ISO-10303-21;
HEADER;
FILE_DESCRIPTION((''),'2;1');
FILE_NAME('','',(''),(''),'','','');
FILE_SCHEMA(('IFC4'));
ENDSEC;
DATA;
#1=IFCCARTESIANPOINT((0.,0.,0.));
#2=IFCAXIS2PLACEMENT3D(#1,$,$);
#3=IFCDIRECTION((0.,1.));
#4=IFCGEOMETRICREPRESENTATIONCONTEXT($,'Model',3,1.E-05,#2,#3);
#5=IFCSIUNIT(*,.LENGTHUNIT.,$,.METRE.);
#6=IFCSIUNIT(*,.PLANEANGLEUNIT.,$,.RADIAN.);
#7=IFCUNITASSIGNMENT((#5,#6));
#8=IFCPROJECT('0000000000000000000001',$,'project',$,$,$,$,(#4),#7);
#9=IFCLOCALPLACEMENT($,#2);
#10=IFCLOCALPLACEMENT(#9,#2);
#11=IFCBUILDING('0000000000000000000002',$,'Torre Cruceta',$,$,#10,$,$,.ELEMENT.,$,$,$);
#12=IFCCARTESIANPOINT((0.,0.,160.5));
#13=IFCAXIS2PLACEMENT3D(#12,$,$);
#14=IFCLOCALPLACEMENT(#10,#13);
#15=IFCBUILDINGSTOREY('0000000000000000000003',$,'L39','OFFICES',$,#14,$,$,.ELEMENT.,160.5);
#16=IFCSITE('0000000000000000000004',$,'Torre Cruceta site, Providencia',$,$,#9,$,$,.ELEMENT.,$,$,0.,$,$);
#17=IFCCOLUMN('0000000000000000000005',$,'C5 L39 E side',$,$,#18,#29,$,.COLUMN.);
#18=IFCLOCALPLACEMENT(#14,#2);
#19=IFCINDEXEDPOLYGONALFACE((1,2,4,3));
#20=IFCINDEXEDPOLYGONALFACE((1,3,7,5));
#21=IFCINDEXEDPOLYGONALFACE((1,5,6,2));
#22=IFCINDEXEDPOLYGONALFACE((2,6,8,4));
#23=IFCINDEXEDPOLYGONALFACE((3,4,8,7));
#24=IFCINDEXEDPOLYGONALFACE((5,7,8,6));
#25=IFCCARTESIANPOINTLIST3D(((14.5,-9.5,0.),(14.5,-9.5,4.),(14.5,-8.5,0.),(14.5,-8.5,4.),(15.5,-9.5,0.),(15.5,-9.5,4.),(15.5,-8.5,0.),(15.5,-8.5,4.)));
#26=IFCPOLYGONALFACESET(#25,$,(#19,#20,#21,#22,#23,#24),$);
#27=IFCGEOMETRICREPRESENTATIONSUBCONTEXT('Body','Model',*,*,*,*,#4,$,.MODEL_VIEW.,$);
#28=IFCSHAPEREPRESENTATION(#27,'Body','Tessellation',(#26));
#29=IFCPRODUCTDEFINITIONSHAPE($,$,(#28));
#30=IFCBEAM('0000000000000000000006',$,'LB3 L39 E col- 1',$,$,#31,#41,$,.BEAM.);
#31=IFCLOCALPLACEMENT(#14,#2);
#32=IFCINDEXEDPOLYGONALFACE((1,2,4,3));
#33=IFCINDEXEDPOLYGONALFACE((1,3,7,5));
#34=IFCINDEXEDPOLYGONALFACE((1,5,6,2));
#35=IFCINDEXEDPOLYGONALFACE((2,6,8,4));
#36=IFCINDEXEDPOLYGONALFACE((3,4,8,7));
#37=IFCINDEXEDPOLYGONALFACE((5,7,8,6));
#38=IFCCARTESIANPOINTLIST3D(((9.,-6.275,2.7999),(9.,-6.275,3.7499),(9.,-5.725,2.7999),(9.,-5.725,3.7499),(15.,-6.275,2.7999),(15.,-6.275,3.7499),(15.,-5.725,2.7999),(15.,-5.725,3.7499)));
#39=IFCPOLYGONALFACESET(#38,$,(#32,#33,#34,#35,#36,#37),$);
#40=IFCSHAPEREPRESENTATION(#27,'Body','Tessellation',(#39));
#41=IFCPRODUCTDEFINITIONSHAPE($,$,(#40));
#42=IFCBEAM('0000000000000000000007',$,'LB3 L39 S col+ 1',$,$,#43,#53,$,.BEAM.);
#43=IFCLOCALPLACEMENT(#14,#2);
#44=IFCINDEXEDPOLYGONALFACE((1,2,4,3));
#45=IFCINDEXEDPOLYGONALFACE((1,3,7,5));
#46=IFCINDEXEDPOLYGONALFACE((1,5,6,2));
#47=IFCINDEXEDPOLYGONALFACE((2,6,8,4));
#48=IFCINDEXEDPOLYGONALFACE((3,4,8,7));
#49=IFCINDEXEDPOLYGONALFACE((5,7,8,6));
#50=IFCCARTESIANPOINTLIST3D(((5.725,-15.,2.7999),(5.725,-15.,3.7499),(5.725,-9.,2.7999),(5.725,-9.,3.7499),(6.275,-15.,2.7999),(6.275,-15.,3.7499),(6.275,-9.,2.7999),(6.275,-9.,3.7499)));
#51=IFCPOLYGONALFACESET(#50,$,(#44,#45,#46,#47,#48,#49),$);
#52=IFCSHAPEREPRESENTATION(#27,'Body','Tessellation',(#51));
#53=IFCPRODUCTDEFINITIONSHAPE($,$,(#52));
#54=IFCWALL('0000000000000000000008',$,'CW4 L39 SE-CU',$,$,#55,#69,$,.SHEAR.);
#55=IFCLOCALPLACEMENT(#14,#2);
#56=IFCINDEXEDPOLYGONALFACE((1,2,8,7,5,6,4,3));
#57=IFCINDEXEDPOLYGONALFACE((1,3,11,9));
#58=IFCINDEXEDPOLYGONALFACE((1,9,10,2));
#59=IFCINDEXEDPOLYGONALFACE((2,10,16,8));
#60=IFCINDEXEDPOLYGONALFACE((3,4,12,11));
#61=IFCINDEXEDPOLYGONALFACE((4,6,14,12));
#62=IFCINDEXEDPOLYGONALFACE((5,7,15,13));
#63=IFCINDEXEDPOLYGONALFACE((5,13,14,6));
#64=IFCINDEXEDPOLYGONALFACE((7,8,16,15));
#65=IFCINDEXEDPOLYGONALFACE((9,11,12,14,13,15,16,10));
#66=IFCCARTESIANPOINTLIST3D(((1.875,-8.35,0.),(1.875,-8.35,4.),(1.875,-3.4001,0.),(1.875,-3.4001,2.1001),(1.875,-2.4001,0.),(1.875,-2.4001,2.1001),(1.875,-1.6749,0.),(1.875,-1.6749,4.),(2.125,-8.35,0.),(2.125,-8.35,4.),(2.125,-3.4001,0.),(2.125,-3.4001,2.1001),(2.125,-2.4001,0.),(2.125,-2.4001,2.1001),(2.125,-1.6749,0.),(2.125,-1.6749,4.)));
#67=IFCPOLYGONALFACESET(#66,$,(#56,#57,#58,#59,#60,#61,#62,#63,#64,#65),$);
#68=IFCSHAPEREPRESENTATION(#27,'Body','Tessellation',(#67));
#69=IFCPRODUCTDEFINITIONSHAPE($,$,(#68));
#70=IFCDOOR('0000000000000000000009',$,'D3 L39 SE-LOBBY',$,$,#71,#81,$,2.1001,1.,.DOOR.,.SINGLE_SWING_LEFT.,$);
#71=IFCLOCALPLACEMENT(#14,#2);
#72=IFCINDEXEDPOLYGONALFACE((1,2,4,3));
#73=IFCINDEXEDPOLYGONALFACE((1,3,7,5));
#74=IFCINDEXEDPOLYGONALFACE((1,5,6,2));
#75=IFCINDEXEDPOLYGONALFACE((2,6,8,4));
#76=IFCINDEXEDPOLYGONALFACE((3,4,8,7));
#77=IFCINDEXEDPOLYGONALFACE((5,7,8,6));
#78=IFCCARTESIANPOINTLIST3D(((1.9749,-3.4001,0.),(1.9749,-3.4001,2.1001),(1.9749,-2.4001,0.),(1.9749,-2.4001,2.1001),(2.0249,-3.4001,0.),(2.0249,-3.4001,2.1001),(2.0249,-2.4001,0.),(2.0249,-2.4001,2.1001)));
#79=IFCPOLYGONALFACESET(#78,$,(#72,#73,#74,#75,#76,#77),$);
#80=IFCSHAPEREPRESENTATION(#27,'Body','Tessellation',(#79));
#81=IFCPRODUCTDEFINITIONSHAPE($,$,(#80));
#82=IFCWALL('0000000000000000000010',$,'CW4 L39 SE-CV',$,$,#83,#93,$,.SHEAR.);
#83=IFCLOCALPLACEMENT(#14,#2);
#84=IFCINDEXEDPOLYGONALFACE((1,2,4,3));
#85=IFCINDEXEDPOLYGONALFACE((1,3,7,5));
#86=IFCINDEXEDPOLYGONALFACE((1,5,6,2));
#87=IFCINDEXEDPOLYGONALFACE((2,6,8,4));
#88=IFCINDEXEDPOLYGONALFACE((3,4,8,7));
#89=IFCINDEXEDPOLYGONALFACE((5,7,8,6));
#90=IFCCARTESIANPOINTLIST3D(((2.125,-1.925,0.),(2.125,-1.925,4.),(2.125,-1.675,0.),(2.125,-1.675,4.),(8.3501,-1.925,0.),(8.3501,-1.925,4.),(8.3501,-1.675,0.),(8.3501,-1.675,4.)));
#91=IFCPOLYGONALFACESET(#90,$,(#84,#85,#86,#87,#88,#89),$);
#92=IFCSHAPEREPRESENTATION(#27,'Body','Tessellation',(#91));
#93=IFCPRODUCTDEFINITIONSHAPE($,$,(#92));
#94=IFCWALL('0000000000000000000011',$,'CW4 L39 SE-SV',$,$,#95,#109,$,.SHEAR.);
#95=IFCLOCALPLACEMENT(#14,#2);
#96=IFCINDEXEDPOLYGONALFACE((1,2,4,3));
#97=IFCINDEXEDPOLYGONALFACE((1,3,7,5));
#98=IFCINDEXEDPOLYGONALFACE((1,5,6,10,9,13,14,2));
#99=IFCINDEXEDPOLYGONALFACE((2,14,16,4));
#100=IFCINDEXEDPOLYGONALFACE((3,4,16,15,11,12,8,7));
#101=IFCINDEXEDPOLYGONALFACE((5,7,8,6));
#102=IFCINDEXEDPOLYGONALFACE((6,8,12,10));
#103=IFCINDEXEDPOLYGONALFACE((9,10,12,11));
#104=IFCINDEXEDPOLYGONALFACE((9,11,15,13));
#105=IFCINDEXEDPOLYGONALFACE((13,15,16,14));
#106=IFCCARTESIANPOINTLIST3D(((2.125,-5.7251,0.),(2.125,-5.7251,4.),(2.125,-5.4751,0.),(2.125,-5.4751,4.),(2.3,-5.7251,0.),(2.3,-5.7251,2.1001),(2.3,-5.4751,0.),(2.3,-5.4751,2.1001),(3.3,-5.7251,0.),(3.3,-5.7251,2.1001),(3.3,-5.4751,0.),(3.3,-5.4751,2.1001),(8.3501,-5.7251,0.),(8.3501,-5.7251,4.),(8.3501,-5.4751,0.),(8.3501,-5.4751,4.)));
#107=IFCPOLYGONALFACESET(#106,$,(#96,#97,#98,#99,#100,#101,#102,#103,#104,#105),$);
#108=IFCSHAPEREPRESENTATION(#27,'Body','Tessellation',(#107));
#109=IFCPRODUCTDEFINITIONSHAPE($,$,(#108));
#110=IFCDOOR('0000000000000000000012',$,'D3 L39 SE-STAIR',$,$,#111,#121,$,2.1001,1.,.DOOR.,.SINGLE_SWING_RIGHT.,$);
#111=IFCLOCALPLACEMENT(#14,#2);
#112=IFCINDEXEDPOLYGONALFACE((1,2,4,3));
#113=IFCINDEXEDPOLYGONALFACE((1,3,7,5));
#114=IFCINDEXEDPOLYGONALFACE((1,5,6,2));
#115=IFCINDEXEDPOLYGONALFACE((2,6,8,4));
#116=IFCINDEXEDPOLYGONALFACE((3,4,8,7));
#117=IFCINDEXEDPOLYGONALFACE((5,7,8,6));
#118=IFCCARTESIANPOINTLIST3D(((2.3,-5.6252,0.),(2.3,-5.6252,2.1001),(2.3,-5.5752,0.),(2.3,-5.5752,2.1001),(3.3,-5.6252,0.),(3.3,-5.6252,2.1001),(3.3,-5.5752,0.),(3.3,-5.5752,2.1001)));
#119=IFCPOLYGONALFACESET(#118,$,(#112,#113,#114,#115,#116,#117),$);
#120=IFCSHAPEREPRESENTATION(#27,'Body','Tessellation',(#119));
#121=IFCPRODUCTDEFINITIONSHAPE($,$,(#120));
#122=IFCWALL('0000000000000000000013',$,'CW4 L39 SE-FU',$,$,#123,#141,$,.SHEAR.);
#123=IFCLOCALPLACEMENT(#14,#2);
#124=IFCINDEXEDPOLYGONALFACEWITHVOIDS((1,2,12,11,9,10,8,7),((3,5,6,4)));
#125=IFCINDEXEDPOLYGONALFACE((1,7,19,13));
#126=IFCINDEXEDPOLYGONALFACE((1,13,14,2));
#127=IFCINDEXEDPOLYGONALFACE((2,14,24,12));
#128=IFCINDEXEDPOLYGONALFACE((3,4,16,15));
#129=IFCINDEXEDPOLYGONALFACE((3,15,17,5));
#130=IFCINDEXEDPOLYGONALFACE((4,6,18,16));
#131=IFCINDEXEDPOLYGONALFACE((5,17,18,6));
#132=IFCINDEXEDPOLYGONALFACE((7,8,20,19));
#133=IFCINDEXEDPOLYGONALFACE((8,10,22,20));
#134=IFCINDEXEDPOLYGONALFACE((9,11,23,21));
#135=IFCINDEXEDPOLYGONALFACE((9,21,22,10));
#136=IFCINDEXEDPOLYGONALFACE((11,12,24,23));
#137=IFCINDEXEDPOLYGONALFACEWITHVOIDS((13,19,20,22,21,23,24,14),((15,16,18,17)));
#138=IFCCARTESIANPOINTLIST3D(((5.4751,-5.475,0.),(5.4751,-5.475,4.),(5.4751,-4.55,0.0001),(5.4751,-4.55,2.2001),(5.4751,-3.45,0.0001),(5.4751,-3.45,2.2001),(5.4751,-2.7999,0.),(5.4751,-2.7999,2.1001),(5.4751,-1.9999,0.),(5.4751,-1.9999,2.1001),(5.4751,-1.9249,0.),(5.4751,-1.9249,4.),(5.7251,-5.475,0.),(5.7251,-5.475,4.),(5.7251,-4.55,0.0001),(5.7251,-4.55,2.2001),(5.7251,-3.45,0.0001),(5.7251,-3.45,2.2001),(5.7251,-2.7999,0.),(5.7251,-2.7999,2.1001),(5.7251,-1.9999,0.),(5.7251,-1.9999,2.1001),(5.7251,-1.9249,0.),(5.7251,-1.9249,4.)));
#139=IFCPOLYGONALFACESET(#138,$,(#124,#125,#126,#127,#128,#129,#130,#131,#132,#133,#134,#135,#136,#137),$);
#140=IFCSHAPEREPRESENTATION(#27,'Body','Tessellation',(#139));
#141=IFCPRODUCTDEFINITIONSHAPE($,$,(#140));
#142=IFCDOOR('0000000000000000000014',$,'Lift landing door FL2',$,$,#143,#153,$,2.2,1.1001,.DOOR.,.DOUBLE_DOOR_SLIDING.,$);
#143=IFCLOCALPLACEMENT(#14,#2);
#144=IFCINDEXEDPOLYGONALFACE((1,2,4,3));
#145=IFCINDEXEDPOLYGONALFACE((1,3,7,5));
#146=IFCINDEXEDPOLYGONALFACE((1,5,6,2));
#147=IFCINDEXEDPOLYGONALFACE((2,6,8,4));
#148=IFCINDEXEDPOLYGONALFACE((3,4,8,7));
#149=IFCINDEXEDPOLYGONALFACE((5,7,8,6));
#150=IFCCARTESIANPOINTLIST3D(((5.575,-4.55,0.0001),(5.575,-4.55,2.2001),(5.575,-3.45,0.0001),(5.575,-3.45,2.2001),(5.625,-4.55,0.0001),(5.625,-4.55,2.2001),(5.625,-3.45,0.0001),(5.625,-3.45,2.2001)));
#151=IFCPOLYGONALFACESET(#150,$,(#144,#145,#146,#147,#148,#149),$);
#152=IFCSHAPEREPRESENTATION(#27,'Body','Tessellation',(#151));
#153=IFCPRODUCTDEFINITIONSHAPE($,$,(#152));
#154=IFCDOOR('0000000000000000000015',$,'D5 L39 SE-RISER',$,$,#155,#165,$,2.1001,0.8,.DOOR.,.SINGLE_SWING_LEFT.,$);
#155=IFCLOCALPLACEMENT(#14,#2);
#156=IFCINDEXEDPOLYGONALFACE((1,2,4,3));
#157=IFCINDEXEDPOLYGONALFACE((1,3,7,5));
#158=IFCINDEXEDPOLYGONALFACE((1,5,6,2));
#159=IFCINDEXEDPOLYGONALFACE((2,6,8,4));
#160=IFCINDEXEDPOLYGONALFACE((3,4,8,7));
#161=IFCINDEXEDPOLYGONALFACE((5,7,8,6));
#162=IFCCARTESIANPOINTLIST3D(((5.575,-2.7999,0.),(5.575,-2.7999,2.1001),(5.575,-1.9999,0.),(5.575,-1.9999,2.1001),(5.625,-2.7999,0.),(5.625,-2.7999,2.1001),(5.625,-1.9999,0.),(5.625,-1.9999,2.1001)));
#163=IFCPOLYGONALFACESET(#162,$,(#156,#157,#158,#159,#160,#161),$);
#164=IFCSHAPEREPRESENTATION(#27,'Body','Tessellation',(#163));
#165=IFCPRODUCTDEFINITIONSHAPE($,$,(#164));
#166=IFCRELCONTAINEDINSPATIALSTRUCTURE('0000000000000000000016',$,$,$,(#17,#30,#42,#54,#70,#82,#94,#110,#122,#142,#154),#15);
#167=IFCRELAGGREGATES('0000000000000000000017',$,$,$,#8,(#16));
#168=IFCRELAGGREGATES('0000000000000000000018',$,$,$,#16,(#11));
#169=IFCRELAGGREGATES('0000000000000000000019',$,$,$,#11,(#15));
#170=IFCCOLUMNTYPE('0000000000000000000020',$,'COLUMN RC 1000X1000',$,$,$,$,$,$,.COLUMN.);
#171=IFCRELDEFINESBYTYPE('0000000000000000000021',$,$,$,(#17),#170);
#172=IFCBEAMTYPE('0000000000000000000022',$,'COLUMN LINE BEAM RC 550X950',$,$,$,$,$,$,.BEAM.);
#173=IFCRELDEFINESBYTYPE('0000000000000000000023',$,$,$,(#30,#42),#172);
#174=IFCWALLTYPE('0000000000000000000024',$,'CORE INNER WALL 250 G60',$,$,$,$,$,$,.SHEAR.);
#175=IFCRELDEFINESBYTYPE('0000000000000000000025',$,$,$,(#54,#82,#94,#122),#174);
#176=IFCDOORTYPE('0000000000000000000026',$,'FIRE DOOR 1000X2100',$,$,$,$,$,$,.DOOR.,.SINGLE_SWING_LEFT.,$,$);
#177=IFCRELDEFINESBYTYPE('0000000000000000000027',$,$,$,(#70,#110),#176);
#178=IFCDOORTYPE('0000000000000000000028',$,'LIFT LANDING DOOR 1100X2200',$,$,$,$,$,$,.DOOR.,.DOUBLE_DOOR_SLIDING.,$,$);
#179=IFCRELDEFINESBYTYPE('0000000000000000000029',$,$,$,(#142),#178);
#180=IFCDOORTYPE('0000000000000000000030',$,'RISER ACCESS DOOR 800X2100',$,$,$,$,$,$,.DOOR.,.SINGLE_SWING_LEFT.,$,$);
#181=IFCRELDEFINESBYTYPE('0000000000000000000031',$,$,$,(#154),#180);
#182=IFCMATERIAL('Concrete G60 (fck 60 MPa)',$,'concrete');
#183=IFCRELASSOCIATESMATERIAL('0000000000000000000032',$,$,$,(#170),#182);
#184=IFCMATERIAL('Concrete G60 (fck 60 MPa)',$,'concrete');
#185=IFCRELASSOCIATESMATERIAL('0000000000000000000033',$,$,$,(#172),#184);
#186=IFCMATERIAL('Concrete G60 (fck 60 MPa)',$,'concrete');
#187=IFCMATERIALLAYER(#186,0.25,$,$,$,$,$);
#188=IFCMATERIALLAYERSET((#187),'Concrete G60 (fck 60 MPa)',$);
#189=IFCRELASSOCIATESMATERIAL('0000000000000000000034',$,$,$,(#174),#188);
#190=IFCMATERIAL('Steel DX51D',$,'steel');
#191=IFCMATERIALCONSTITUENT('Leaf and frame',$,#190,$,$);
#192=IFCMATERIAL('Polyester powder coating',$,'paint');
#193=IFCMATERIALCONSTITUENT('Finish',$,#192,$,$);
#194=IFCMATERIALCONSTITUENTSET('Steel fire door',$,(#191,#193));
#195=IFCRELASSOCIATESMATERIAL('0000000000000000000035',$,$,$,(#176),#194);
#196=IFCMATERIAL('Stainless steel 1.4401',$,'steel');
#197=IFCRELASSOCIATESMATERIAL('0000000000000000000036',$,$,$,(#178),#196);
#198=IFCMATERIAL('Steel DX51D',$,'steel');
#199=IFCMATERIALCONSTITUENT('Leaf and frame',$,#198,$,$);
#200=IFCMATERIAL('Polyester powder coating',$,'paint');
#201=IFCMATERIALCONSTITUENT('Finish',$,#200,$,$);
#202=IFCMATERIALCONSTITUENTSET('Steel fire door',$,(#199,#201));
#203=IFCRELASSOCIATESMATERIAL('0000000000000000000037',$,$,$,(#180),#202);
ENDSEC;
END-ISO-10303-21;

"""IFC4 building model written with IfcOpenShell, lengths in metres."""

from ifc_helpers import new_model, si_unit, direction, frame, frame_2d, origin, origin_2d, place, context, subcontext, project, spatial, rectangle, extrude, material, layer, layer_set, constituent, constituent_set, material_profile, profile_set, type_object, element, fill, save


model = new_model("IFC4")

# Units and contexts
model_context = context("Model", 3, precision=1e-05, world=origin(), true_north=direction((0.0, 1.0)))
body_context = subcontext(model_context, "Body", "Model", "MODEL_VIEW")
ifc_project = project(units=[si_unit("LENGTHUNIT", "METRE"), si_unit("PLANEANGLEUNIT", "RADIAN")], contexts=[model_context])

# Site, building, storey
site_placement = place(None, origin())
site = spatial("IfcSite", under=ifc_project, at=site_placement, Name="Torre Cruceta site, Providencia", CompositionType="ELEMENT", RefElevation=0.0)
building_placement = place(site_placement, origin())
building = spatial("IfcBuilding", under=site, at=building_placement, Name="Torre Cruceta", CompositionType="ELEMENT")
storey_placement = place(building_placement, frame((0.0, 0.0, 160.5)))
storey = spatial("IfcBuildingStorey", under=building, at=storey_placement, Name="L39", Description="OFFICES", CompositionType="ELEMENT", Elevation=160.5)

# Column
ifc_material_1 = material(Name="Concrete G60 (fck 60 MPa)", Category="concrete")
ifc_material_profile_1 = material_profile(ifc_material_1, rectangle(XDim=1.0, YDim=1.0, at=origin_2d()), Name="RC 1000X1000")
ifc_profile_set_1 = profile_set([ifc_material_profile_1], Name="Concrete G60 (fck 60 MPa)")
column_type = type_object("IfcColumnType", Name="COLUMN RC 1000X1000", PredefinedType="COLUMN", material=ifc_profile_set_1)
column_placement = place(storey_placement, frame((15.0, -9.0, 0.0), z_axis=(0.0, 0.0, 1.0), x_axis=(1.0, 0.0, 0.0)))
element("IfcColumn", 1, at=column_placement, inside=storey, type_object=column_type, Name="C5 L39 E side", PredefinedType="COLUMN", context=body_context, shape_type="SweptSolid", body=[
    extrude(rectangle(XDim=1.0, YDim=1.0, at=origin_2d()), origin(), (0.0, 0.0, 1.0), 4.0),
])

# Beams
ifc_material_2 = material(Name="Concrete G60 (fck 60 MPa)", Category="concrete")
ifc_material_profile_2 = material_profile(ifc_material_2, rectangle(XDim=0.55, YDim=0.95, at=origin_2d()), Name="RC 550X950")
ifc_profile_set_2 = profile_set([ifc_material_profile_2], Name="Concrete G60 (fck 60 MPa)")
beam_type = type_object("IfcBeamType", Name="COLUMN LINE BEAM RC 550X950", PredefinedType="BEAM", material=ifc_profile_set_2)
for number, where, z_axis, x_axis, name in (
    (2, (9.0, -6.0, 3.2749), (1.0, 0.0, 0.0), (0.0, 1.0, 0.0), "LB3 L39 E col- 1"),
    (3, (6.0, -9.0, 3.2749), (0.0, -1.0, 0.0), (1.0, 0.0, 0.0), "LB3 L39 S col+ 1"),
):
    element("IfcBeam", number, at=place(storey_placement, frame(where, z_axis=z_axis, x_axis=x_axis)), inside=storey, type_object=beam_type, Name=name, PredefinedType="BEAM", context=body_context, shape_type="SweptSolid", body=[
        extrude(rectangle(XDim=0.55, YDim=0.95, at=origin_2d()), origin(), (0.0, 0.0, 1.0), 6.0),
    ])

# Wall, opening, door
ifc_material_3 = material(Name="Concrete G60 (fck 60 MPa)", Category="concrete")
ifc_layer_1 = layer(ifc_material_3, 0.25)
ifc_layer_set_1 = layer_set([ifc_layer_1], Name="Concrete G60 (fck 60 MPa)")
wall_type_1 = type_object("IfcWallType", Name="CORE INNER WALL 250 G60", PredefinedType="SHEAR", material=ifc_layer_set_1)
wall_1_placement = place(storey_placement, frame((2.0, -1.675, 0.0), z_axis=(0.0, 0.0, 1.0), x_axis=(0.0, -1.0, 0.0)))
wall_1 = element("IfcWall", 4, at=wall_1_placement, inside=storey, type_object=wall_type_1, Name="CW4 L39 SE-CU", PredefinedType="SHEAR", context=body_context, shape_type="SweptSolid", body=[
    extrude(rectangle(XDim=6.675, YDim=0.25, at=frame_2d((3.3374, 0.0))), origin(), (0.0, 0.0, 1.0), 4.0),
])
opening_1_placement = place(wall_1_placement, frame((0.7251, 0.0, 0.0)))
opening_1 = element("IfcOpeningElement", 5, at=opening_1_placement, cuts=wall_1, PredefinedType="OPENING", context=body_context, shape_type="SweptSolid", body=[
    extrude(rectangle(XDim=1.0, YDim=2.1001, at=frame_2d((0.5, 1.05))), frame((0.0, 0.135, 0.0), z_axis=(0.0, -1.0, 0.0), x_axis=(1.0, 0.0, 0.0)), (0.0, 0.0, 1.0), 0.27),
])
ifc_material_4 = material(Name="Steel DX51D", Category="steel")
ifc_constituent_1 = constituent(ifc_material_4, Name="Leaf and frame")
ifc_material_5 = material(Name="Polyester powder coating", Category="paint")
ifc_constituent_2 = constituent(ifc_material_5, Name="Finish")
ifc_constituent_set_1 = constituent_set(constituents=[ifc_constituent_1, ifc_constituent_2], Name="Steel fire door")
door_type_1 = type_object("IfcDoorType", Name="FIRE DOOR 1000X2100", OperationType="SINGLE_SWING_LEFT", PredefinedType="DOOR", material=ifc_constituent_set_1)
door_1_placement = place(opening_1_placement, origin())
door_1 = element("IfcDoor", 6, at=door_1_placement, inside=storey, type_object=door_type_1, Name="D3 L39 SE-LOBBY", OperationType="SINGLE_SWING_LEFT", OverallHeight=2.1001, OverallWidth=1.0, PredefinedType="DOOR", context=body_context, shape_type="SweptSolid", body=[
    extrude(rectangle(XDim=1.0, YDim=2.1001, at=frame_2d((0.5, 1.05))), frame((0.0, 0.0249, 0.0), z_axis=(0.0, -1.0, 0.0), x_axis=(1.0, 0.0, 0.0)), (0.0, 0.0, 1.0), 0.05),
])
fill(opening_1, door_1)

# Wall
wall_2_placement = place(storey_placement, frame((2.125, -1.8, 0.0), z_axis=(0.0, 0.0, 1.0), x_axis=(1.0, 0.0, 0.0)))
element("IfcWall", 7, at=wall_2_placement, inside=storey, type_object=wall_type_1, Name="CW4 L39 SE-CV", PredefinedType="SHEAR", context=body_context, shape_type="SweptSolid", body=[
    extrude(rectangle(XDim=6.2251, YDim=0.25, at=frame_2d((3.1125, 0.0))), origin(), (0.0, 0.0, 1.0), 4.0),
])

# Wall, opening, door
wall_3_placement = place(storey_placement, frame((2.125, -5.6001, 0.0), z_axis=(0.0, 0.0, 1.0), x_axis=(1.0, 0.0, 0.0)))
wall_3 = element("IfcWall", 8, at=wall_3_placement, inside=storey, type_object=wall_type_1, Name="CW4 L39 SE-SV", PredefinedType="SHEAR", context=body_context, shape_type="SweptSolid", body=[
    extrude(rectangle(XDim=6.2251, YDim=0.25, at=frame_2d((3.1125, 0.0))), origin(), (0.0, 0.0, 1.0), 4.0),
])
opening_2_placement = place(wall_3_placement, frame((0.175, 0.0, 0.0)))
opening_2 = element("IfcOpeningElement", 9, at=opening_2_placement, cuts=wall_3, PredefinedType="OPENING", context=body_context, shape_type="SweptSolid", body=[
    extrude(rectangle(XDim=1.0, YDim=2.1001, at=frame_2d((0.5, 1.05))), frame((0.0, 0.135, 0.0), z_axis=(0.0, -1.0, 0.0), x_axis=(1.0, 0.0, 0.0)), (0.0, 0.0, 1.0), 0.27),
])
door_2_placement = place(opening_2_placement, frame((1.0, 0.0, 0.0), z_axis=(0.0, 0.0, 1.0), x_axis=(-1.0, 0.0, 0.0)))
door_2 = element("IfcDoor", 10, at=door_2_placement, inside=storey, type_object=door_type_1, Name="D3 L39 SE-STAIR", OperationType="SINGLE_SWING_RIGHT", OverallHeight=2.1001, OverallWidth=1.0, PredefinedType="DOOR", context=body_context, shape_type="SweptSolid", body=[
    extrude(rectangle(XDim=1.0, YDim=2.1001, at=frame_2d((0.5, 1.05))), frame((0.0, 0.0251, 0.0), z_axis=(0.0, -1.0, 0.0), x_axis=(1.0, 0.0, 0.0)), (0.0, 0.0, 1.0), 0.05),
])
fill(opening_2, door_2)

# Wall, openings, doors
wall_4_placement = place(storey_placement, frame((5.6001, -1.925, 0.0), z_axis=(0.0, 0.0, 1.0), x_axis=(0.0, -1.0, 0.0)))
wall_4 = element("IfcWall", 11, at=wall_4_placement, inside=storey, type_object=wall_type_1, Name="CW4 L39 SE-FU", PredefinedType="SHEAR", context=body_context, shape_type="SweptSolid", body=[
    extrude(rectangle(XDim=3.55, YDim=0.25, at=frame_2d((1.7749, 0.0))), origin(), (0.0, 0.0, 1.0), 4.0),
])
opening_3_placement = place(wall_4_placement, frame((1.5249, 0.0, 0.0)))
opening_3 = element("IfcOpeningElement", 12, at=opening_3_placement, cuts=wall_4, PredefinedType="OPENING", context=body_context, shape_type="SweptSolid", body=[
    extrude(rectangle(XDim=1.1001, YDim=2.2, at=frame_2d((0.55, 1.1001))), frame((0.0, 0.135, 0.0), z_axis=(0.0, -1.0, 0.0), x_axis=(1.0, 0.0, 0.0)), (0.0, 0.0, 1.0), 0.27),
])
opening_4_placement = place(wall_4_placement, frame((0.075, 0.0, 0.0)))
opening_4 = element("IfcOpeningElement", 13, at=opening_4_placement, cuts=wall_4, PredefinedType="OPENING", context=body_context, shape_type="SweptSolid", body=[
    extrude(rectangle(XDim=0.8, YDim=2.1001, at=frame_2d((0.3999, 1.05))), frame((0.0, 0.135, 0.0), z_axis=(0.0, -1.0, 0.0), x_axis=(1.0, 0.0, 0.0)), (0.0, 0.0, 1.0), 0.27),
])
ifc_material_6 = material(Name="Stainless steel 1.4401", Category="steel")
door_type_2 = type_object("IfcDoorType", Name="LIFT LANDING DOOR 1100X2200", OperationType="DOUBLE_DOOR_SLIDING", PredefinedType="DOOR", material=ifc_material_6)
door_3_placement = place(opening_3_placement, origin())
door_3 = element("IfcDoor", 14, at=door_3_placement, inside=storey, type_object=door_type_2, Name="Lift landing door FL2", OperationType="DOUBLE_DOOR_SLIDING", OverallHeight=2.2, OverallWidth=1.1001, PredefinedType="DOOR", context=body_context, shape_type="SweptSolid", body=[
    extrude(rectangle(XDim=1.1001, YDim=2.2, at=frame_2d((0.55, 1.1001))), frame((0.0, 0.0249, 0.0), z_axis=(0.0, -1.0, 0.0), x_axis=(1.0, 0.0, 0.0)), (0.0, 0.0, 1.0), 0.05),
])
fill(opening_3, door_3)
ifc_material_7 = material(Name="Steel DX51D", Category="steel")
ifc_constituent_3 = constituent(ifc_material_7, Name="Leaf and frame")
ifc_material_8 = material(Name="Polyester powder coating", Category="paint")
ifc_constituent_4 = constituent(ifc_material_8, Name="Finish")
ifc_constituent_set_2 = constituent_set(constituents=[ifc_constituent_3, ifc_constituent_4], Name="Steel fire door")
door_type_3 = type_object("IfcDoorType", Name="RISER ACCESS DOOR 800X2100", OperationType="SINGLE_SWING_LEFT", PredefinedType="DOOR", material=ifc_constituent_set_2)
door_4_placement = place(opening_4_placement, origin())
door_4 = element("IfcDoor", 15, at=door_4_placement, inside=storey, type_object=door_type_3, Name="D5 L39 SE-RISER", OperationType="SINGLE_SWING_LEFT", OverallHeight=2.1001, OverallWidth=0.8, PredefinedType="DOOR", context=body_context, shape_type="SweptSolid", body=[
    extrude(rectangle(XDim=0.8, YDim=2.1001, at=frame_2d((0.3999, 1.05))), frame((0.0, 0.0249, 0.0), z_axis=(0.0, -1.0, 0.0), x_axis=(1.0, 0.0, 0.0)), (0.0, 0.0, 1.0), 0.05),
])
fill(opening_4, door_4)

save(model, "model.ifc")
